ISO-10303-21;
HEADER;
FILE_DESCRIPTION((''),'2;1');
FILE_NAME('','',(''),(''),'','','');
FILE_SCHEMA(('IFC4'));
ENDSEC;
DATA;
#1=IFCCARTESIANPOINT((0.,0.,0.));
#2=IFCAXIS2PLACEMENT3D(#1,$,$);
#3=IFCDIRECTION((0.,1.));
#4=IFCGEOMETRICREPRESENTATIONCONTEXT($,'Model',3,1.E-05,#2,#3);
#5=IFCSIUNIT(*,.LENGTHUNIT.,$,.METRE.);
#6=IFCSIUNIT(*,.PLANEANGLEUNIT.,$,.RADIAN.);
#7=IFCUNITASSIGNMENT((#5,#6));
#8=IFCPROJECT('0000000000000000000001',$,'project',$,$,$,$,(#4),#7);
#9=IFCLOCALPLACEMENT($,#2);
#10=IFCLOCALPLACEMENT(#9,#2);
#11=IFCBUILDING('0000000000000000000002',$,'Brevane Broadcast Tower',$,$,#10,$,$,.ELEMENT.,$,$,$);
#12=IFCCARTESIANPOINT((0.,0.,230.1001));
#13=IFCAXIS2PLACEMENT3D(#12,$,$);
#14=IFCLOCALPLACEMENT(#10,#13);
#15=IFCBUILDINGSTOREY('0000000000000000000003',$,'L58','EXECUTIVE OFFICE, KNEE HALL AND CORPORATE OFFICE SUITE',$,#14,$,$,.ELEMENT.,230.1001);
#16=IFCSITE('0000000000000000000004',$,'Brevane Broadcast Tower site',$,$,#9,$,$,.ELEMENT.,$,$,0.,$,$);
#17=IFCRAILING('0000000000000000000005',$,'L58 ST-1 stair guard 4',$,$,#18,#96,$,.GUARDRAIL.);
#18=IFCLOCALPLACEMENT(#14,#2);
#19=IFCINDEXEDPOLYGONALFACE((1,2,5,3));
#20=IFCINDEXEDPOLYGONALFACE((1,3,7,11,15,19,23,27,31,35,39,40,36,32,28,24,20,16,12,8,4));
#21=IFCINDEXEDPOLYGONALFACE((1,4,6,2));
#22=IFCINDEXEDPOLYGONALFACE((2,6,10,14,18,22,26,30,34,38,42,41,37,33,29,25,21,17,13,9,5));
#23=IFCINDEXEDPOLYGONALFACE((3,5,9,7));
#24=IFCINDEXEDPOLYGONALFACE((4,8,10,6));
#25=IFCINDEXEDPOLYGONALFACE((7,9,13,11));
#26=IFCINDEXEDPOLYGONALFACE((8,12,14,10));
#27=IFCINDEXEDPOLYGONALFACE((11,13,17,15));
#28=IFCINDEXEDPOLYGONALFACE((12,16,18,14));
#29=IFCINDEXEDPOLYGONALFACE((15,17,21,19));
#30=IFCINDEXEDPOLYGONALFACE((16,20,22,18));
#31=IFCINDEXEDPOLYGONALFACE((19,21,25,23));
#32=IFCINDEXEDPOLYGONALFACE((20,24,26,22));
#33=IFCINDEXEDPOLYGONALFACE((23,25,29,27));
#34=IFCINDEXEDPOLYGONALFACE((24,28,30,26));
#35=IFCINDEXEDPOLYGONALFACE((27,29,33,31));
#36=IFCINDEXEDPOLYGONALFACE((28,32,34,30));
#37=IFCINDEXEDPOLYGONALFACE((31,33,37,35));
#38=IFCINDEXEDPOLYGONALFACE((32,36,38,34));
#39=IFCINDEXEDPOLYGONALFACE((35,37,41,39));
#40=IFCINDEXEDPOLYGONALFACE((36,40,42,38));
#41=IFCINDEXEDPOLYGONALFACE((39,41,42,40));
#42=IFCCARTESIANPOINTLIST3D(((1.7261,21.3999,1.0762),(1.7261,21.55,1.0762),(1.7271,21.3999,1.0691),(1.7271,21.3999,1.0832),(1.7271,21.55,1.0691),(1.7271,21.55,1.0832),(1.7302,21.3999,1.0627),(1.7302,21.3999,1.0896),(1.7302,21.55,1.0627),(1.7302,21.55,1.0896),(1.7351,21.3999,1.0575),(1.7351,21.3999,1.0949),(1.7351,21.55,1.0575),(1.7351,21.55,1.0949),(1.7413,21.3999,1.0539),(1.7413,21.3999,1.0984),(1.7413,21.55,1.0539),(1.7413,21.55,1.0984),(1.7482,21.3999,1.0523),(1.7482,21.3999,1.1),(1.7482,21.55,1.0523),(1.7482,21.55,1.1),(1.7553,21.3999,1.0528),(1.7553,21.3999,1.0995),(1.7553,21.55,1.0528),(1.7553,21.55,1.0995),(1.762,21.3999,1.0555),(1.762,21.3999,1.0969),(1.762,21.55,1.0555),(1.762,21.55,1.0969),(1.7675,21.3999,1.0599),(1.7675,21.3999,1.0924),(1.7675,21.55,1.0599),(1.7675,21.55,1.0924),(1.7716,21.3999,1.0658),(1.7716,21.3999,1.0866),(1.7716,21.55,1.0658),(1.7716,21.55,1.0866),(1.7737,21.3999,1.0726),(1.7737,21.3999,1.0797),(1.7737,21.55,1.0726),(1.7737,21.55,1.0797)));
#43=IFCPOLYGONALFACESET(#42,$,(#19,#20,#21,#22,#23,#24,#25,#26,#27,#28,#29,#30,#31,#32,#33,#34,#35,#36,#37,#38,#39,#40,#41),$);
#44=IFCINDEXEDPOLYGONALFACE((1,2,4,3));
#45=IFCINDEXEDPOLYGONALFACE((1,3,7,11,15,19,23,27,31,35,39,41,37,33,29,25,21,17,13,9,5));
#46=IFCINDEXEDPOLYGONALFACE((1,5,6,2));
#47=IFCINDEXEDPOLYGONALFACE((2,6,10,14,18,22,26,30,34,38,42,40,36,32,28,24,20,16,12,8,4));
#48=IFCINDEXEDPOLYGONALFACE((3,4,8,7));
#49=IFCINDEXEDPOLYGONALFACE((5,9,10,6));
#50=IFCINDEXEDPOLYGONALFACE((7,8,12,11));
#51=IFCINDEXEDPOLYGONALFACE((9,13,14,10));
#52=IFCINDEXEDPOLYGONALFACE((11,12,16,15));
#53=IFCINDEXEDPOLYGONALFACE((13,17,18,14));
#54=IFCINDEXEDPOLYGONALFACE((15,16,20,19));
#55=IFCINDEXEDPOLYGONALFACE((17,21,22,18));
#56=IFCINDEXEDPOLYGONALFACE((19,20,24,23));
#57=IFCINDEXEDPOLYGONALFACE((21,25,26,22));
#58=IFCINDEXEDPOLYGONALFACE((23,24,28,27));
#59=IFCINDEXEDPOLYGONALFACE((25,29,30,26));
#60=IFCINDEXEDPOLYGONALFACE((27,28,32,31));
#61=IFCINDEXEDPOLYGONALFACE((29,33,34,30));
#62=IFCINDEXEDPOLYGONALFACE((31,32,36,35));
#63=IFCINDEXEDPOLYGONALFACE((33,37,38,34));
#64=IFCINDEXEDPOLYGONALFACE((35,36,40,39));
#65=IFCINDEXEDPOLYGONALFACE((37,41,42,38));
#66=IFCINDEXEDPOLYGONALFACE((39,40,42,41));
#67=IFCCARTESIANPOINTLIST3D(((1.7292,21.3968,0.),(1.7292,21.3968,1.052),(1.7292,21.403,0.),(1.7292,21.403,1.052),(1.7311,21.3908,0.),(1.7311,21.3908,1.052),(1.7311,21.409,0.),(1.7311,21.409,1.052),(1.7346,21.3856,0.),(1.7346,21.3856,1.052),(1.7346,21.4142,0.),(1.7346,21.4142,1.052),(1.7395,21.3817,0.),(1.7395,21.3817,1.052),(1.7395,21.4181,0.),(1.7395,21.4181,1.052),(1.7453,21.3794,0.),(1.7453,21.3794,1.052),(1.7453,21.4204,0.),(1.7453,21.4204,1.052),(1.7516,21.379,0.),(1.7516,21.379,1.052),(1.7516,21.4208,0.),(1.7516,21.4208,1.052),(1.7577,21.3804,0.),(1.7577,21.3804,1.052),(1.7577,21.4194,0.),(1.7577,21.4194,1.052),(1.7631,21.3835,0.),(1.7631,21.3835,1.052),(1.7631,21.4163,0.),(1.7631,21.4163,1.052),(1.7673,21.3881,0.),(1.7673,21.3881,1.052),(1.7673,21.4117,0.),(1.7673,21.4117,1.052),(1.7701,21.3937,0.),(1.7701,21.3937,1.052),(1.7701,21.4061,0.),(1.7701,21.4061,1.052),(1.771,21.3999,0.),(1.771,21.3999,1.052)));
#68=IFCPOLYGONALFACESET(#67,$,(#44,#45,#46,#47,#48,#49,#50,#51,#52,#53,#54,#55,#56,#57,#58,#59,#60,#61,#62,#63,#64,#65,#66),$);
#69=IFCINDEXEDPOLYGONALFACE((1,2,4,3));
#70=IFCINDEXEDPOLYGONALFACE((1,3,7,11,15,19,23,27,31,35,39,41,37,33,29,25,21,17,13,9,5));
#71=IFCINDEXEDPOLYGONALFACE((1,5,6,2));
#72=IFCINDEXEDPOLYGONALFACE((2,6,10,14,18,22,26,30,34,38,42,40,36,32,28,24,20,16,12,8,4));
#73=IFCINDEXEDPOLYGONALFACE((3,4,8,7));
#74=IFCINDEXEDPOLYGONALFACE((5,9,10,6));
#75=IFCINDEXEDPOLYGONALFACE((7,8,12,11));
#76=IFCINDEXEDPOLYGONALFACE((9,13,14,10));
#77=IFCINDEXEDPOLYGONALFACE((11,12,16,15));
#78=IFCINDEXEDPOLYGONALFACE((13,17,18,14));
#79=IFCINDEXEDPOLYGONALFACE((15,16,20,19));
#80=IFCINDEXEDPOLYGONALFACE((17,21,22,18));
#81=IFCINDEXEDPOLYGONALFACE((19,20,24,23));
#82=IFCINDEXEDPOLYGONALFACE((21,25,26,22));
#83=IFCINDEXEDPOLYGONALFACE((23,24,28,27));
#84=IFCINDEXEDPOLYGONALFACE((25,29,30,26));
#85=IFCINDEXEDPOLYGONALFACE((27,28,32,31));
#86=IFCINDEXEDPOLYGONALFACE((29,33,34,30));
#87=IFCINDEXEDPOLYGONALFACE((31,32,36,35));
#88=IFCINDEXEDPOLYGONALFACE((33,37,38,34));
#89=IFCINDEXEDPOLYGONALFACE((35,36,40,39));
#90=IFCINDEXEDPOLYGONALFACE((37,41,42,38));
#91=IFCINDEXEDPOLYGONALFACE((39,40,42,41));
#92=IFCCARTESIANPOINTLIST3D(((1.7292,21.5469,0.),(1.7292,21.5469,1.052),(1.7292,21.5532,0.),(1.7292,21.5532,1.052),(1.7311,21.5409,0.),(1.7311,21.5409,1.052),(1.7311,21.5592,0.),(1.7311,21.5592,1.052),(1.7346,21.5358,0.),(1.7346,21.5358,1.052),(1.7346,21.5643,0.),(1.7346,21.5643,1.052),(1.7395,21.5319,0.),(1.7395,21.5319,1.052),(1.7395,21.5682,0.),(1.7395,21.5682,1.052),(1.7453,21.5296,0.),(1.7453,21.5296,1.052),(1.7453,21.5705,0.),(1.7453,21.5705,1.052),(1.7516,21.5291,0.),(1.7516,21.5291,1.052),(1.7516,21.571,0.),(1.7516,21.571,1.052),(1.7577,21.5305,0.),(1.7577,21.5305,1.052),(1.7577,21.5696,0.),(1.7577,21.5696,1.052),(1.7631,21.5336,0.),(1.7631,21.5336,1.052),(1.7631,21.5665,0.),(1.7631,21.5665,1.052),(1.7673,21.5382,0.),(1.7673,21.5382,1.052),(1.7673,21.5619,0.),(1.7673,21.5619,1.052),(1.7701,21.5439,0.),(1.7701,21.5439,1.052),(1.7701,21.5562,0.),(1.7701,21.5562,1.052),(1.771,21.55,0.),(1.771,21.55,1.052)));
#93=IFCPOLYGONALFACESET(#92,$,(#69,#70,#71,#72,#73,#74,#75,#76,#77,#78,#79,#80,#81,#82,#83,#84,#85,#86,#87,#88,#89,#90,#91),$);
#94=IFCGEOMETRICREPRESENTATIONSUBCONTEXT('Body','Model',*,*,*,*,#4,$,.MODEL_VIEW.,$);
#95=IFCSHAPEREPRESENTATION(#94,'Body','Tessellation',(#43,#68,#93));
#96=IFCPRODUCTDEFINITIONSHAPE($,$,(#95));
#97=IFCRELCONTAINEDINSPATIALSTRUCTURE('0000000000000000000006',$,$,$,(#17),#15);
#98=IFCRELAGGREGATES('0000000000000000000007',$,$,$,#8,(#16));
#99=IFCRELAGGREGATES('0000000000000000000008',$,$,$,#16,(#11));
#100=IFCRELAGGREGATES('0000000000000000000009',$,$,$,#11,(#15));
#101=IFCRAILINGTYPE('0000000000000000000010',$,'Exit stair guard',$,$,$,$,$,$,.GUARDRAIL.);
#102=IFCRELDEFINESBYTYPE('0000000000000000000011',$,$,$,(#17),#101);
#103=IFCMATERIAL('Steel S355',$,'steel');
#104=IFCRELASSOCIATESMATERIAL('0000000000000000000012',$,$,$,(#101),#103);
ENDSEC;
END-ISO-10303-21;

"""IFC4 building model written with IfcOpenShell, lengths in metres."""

from ifc_helpers import new_model, si_unit, direction, frame, origin, origin_2d, place, context, subcontext, project, spatial, circle, extrude, material, type_object, element, save


model = new_model("IFC4")

# Units and contexts
model_context = context("Model", 3, precision=1e-05, world=origin(), true_north=direction((0.0, 1.0)))
body_context = subcontext(model_context, "Body", "Model", "MODEL_VIEW")
ifc_project = project(units=[si_unit("LENGTHUNIT", "METRE"), si_unit("PLANEANGLEUNIT", "RADIAN")], contexts=[model_context])

# Site, building, storey
site_placement = place(None, origin())
site = spatial("IfcSite", under=ifc_project, at=site_placement, Name="Brevane Broadcast Tower site", CompositionType="ELEMENT", RefElevation=0.0)
building_placement = place(site_placement, origin())
building = spatial("IfcBuilding", under=site, at=building_placement, Name="Brevane Broadcast Tower", CompositionType="ELEMENT")
storey_placement = place(building_placement, frame((0.0, 0.0, 230.1001)))
storey = spatial("IfcBuildingStorey", under=building, at=storey_placement, Name="L58", Description="EXECUTIVE OFFICE, KNEE HALL AND CORPORATE OFFICE SUITE", CompositionType="ELEMENT", Elevation=230.1001)

# Railing
ifc_material_1 = material(Name="Steel S355", Category="steel")
railing_type_1 = type_object("IfcRailingType", Name="Exit stair guard", PredefinedType="GUARDRAIL", material=ifc_material_1)
railing_1_placement = place(storey_placement, frame((1.75, 21.3999, 0.0)))
element("IfcRailing", 1, at=railing_1_placement, inside=storey, type_object=railing_type_1, Name="L58 ST-1 stair guard 4", PredefinedType="GUARDRAIL", context=body_context, shape_type="SweptSolid", body=[
    extrude(circle(Radius=0.0239, at=origin_2d()), frame((0.0, 0.0, 1.0762), z_axis=(0.0, 1.0, 0.0), x_axis=(-1.0, 0.0, 0.0)), (0.0, 0.0, 1.0), 0.1501),
    extrude(circle(Radius=0.021, at=origin_2d()), origin(), (0.0, 0.0, 1.0), 1.052),
    extrude(circle(Radius=0.021, at=origin_2d()), frame((0.0, 0.1501, 0.0)), (0.0, 0.0, 1.0), 1.052),
])

save(model, "model.ifc")
